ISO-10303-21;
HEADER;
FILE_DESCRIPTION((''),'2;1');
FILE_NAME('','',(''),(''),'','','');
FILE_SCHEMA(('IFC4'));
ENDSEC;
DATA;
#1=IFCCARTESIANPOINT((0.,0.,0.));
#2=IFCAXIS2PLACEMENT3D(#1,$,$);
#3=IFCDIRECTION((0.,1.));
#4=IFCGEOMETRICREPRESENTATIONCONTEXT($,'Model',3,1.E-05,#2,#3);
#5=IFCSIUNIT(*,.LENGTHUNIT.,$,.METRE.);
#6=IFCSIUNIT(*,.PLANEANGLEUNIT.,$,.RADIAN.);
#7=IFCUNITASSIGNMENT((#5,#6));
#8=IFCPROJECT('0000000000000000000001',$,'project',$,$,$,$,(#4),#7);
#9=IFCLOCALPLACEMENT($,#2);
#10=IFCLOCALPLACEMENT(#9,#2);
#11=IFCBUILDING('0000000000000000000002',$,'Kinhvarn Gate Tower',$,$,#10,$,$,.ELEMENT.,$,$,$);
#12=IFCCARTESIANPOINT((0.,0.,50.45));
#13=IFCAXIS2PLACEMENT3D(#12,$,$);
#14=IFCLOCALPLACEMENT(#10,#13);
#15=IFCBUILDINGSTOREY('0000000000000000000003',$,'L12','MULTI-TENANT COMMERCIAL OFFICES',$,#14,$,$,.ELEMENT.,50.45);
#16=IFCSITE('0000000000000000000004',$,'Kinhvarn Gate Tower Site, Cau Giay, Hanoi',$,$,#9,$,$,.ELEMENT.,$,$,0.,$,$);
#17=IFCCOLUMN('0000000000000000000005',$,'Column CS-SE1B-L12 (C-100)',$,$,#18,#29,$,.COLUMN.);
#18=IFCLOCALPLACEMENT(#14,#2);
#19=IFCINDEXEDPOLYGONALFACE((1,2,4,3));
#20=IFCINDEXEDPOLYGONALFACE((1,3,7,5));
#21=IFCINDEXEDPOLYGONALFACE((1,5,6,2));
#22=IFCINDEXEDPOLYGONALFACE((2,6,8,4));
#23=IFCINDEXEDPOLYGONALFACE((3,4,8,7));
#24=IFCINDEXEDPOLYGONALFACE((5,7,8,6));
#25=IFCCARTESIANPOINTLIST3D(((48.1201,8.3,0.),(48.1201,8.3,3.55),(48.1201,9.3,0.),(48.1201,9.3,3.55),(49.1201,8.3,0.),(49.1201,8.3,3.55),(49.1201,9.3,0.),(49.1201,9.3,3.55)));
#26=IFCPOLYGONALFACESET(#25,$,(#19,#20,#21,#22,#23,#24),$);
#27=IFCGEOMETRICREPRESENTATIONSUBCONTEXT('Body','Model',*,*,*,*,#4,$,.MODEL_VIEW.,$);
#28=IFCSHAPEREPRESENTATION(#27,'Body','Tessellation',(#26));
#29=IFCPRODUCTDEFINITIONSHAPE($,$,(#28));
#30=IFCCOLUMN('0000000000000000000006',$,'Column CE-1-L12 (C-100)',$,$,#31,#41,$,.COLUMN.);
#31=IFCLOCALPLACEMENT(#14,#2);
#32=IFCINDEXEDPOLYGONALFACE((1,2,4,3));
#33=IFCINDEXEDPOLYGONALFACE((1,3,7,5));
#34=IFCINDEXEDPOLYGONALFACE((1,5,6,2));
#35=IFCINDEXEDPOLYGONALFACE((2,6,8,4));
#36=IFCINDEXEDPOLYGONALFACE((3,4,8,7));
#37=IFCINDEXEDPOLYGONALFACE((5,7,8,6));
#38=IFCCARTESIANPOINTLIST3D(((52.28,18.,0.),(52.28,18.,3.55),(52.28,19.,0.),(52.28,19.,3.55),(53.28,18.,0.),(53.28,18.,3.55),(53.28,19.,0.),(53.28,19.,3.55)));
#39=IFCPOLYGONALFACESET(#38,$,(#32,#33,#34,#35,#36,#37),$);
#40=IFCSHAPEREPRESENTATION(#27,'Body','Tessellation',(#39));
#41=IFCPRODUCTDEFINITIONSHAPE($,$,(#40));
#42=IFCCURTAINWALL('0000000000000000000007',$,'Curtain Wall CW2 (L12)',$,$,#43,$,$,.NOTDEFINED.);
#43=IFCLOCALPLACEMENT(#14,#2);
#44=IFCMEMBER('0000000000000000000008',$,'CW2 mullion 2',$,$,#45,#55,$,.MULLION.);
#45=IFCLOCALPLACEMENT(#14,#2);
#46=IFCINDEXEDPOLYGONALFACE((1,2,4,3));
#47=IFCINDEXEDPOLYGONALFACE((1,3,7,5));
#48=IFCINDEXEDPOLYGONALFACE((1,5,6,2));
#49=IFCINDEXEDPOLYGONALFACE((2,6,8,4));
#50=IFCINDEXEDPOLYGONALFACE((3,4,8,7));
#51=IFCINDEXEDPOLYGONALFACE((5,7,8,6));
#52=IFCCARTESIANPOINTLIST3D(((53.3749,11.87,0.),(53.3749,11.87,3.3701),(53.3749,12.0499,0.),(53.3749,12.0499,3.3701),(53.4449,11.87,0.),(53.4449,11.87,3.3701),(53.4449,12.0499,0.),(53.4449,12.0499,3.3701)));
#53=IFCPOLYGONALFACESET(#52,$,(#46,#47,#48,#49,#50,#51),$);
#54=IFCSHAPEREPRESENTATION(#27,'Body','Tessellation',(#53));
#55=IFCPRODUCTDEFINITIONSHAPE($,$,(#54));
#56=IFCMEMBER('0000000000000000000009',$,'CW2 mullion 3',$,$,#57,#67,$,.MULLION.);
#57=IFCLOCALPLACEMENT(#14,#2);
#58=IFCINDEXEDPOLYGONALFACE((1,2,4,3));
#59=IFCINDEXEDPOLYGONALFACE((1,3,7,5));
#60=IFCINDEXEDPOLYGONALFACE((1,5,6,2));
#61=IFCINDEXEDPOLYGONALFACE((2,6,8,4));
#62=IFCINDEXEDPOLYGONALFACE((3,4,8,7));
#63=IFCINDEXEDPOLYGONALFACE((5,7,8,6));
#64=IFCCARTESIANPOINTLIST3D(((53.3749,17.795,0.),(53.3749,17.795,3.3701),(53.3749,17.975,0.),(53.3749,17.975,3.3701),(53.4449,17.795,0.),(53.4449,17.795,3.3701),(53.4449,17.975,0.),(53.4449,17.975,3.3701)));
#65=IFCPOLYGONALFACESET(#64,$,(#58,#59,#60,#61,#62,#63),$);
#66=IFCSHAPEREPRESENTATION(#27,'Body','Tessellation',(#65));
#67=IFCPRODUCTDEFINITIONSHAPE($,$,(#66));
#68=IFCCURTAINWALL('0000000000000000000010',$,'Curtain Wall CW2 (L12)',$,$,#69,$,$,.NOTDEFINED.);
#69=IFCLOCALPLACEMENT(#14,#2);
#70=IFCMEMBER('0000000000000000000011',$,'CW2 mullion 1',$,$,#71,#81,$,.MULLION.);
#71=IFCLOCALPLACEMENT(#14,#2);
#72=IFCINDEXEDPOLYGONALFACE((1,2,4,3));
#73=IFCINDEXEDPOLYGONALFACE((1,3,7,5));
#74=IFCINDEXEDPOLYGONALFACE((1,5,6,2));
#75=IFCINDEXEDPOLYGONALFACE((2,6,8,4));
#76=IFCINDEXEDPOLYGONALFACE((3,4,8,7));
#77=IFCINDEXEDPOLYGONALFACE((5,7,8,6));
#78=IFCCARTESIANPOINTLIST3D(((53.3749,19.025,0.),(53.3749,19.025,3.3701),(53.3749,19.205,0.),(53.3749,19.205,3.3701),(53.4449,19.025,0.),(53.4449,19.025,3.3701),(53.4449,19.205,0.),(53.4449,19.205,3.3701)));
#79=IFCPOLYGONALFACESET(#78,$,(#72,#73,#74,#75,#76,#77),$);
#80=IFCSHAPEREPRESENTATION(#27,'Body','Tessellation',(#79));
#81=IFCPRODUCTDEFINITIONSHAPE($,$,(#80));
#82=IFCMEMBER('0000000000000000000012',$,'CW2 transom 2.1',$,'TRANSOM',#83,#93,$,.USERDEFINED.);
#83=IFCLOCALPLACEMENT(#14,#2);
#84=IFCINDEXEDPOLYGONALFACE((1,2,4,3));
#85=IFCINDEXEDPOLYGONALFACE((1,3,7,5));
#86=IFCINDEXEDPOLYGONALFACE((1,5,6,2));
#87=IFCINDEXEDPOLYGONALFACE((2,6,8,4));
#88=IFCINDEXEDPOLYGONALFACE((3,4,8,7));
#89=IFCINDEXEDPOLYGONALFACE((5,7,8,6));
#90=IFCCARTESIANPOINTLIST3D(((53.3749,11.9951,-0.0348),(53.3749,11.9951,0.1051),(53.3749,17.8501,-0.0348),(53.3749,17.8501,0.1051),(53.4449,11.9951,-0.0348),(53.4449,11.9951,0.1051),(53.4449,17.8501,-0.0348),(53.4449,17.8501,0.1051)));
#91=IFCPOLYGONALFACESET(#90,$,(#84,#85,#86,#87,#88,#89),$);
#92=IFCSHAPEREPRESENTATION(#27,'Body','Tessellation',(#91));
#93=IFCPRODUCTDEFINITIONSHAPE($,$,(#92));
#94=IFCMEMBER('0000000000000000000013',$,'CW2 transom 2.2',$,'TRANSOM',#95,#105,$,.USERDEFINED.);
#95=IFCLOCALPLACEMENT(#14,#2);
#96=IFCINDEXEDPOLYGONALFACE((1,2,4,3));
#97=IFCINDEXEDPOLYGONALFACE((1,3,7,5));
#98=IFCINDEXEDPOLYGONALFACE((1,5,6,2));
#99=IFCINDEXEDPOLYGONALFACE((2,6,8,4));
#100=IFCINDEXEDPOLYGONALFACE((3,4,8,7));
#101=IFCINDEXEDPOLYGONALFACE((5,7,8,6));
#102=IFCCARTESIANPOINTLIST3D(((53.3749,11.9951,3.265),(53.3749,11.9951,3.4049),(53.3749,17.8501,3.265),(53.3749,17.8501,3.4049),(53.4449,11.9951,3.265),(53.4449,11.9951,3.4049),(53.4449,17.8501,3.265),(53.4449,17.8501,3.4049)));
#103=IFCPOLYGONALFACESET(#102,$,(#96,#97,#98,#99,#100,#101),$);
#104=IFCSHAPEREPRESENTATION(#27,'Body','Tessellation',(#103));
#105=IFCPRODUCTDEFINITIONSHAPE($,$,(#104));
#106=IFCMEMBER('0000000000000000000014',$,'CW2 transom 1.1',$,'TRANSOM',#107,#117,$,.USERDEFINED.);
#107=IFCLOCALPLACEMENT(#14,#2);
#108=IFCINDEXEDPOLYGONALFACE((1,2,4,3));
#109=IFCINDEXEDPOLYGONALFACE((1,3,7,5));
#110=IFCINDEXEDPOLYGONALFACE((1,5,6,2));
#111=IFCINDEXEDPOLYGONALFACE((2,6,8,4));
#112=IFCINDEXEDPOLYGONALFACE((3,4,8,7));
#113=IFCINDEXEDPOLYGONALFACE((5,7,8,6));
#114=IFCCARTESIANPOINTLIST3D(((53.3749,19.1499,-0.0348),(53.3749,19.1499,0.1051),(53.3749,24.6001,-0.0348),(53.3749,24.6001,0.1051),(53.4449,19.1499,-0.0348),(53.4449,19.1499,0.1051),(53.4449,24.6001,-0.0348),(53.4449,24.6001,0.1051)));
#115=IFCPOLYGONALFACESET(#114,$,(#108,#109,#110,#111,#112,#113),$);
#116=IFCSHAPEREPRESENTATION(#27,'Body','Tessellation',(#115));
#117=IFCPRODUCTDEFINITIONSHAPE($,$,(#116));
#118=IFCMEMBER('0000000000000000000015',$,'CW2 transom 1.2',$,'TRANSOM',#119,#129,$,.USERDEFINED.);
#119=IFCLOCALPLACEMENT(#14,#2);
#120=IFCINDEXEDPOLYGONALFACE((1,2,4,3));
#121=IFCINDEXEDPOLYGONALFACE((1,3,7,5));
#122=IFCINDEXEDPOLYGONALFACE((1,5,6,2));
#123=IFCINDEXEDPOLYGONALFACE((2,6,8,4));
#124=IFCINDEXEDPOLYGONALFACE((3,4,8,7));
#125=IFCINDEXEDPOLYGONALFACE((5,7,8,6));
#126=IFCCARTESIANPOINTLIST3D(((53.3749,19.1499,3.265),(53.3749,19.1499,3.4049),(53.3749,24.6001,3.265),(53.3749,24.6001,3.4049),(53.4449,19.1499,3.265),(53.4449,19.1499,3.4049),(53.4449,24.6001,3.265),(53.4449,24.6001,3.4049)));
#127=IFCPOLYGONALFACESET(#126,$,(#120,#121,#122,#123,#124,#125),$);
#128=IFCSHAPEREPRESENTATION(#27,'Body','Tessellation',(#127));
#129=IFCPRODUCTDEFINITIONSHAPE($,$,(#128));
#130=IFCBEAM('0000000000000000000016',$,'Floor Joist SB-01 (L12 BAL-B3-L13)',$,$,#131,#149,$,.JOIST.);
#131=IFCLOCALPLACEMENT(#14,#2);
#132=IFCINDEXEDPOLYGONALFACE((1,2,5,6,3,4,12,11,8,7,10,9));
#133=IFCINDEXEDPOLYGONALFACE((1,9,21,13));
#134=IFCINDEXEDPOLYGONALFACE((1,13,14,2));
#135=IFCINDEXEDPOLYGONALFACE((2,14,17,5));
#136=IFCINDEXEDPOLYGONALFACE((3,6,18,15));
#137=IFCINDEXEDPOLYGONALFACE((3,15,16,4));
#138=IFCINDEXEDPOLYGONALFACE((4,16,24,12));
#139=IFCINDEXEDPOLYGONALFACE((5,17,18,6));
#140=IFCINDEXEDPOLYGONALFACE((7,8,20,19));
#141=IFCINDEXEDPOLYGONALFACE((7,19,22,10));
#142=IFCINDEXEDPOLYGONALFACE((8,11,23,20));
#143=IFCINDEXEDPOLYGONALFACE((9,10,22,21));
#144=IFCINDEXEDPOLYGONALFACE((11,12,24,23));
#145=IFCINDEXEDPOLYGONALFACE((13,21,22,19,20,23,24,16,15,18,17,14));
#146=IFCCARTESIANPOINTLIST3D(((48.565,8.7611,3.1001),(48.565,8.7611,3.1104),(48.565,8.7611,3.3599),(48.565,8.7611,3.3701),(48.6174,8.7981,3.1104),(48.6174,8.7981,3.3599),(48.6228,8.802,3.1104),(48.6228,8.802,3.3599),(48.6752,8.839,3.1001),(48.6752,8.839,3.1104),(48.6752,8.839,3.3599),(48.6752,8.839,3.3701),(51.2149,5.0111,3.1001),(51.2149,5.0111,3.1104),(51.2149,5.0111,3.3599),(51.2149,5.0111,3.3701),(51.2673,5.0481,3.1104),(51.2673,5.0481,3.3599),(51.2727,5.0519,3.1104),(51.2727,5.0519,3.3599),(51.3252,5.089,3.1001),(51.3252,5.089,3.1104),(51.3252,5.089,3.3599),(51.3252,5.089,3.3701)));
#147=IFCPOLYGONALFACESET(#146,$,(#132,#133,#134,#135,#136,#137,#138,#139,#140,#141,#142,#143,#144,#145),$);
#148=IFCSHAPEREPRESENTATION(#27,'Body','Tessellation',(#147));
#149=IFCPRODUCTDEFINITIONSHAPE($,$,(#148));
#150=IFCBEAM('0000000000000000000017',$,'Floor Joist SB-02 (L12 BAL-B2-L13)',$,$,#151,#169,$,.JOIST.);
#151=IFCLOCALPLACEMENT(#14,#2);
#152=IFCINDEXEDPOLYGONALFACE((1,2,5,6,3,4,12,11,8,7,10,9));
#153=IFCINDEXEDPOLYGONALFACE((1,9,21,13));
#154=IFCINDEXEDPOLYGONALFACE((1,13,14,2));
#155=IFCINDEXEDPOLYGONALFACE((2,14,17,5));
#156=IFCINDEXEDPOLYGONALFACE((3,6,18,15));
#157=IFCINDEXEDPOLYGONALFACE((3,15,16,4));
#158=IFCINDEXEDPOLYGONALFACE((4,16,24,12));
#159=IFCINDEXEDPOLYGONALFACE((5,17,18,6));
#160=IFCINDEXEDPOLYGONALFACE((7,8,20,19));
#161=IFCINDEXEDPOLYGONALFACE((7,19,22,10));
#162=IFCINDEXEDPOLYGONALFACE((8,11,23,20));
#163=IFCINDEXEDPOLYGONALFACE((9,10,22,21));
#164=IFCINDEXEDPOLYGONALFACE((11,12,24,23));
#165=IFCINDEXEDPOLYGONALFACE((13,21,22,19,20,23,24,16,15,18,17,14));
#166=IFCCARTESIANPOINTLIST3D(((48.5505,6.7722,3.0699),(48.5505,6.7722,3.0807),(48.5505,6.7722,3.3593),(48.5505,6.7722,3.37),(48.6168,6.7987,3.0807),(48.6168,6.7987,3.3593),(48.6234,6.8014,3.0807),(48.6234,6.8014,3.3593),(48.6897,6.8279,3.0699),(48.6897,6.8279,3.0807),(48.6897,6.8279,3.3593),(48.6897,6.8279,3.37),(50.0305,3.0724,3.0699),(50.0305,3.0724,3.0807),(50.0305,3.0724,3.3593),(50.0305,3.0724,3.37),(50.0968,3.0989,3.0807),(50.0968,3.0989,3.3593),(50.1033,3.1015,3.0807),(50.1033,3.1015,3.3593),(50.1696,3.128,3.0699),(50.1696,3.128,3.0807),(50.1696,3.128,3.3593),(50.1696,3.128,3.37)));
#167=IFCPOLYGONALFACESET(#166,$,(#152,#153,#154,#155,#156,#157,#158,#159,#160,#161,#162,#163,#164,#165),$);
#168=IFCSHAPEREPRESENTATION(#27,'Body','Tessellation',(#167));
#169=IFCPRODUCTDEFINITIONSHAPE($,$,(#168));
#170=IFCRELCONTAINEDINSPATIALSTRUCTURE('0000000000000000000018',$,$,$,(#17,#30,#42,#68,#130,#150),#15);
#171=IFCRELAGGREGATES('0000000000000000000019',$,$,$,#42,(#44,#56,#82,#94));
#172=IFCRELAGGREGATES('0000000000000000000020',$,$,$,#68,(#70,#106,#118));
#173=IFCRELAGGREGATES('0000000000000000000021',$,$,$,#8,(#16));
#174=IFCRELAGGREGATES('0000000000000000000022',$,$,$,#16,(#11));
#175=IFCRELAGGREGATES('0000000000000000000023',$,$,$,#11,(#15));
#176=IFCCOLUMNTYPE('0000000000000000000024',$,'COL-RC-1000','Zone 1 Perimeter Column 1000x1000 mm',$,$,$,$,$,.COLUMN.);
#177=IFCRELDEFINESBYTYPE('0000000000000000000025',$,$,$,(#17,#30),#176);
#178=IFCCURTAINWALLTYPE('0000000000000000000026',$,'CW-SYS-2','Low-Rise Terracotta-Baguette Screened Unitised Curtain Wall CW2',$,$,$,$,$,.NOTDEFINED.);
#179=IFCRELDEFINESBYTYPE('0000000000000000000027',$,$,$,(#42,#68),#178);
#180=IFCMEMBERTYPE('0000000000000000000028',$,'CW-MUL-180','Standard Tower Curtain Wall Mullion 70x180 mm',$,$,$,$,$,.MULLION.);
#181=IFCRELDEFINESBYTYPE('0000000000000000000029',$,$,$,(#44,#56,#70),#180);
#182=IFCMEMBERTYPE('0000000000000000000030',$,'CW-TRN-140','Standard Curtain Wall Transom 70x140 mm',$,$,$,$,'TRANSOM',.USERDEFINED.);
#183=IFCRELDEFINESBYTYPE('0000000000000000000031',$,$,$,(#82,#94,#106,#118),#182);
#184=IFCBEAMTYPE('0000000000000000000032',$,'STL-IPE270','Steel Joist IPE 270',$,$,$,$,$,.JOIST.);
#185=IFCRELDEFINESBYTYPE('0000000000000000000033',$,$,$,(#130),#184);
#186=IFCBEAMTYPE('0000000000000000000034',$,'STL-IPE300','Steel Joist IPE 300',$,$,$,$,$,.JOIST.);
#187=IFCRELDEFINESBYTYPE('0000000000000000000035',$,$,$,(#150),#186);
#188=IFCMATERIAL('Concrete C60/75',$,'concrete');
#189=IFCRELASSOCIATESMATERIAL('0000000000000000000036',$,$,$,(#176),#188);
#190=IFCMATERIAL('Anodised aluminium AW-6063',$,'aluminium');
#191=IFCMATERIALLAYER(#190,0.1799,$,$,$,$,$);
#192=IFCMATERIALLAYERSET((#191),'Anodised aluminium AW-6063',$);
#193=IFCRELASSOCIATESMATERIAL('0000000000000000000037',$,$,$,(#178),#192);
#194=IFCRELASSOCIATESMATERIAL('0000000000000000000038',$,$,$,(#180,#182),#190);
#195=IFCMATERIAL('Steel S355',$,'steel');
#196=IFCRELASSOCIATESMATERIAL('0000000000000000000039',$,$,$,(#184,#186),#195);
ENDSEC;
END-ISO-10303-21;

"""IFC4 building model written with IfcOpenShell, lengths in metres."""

from ifc_helpers import new_model, si_unit, direction, frame, origin, origin_2d, place, context, subcontext, project, spatial, rectangle, i_section, extrude, material, layer, layer_set, material_profile, profile_set, type_object, element, aggregate, save


model = new_model("IFC4")

# Units and contexts
model_context = context("Model", 3, precision=1e-05, world=origin(), true_north=direction((0.0, 1.0)))
body_context = subcontext(model_context, "Body", "Model", "MODEL_VIEW")
ifc_project = project(units=[si_unit("LENGTHUNIT", "METRE"), si_unit("PLANEANGLEUNIT", "RADIAN")], contexts=[model_context])

# Site, building, storey
site_placement = place(None, origin())
site = spatial("IfcSite", under=ifc_project, at=site_placement, Name="Kinhvarn Gate Tower Site, Cau Giay, Hanoi", CompositionType="ELEMENT", RefElevation=0.0)
building_placement = place(site_placement, origin())
building = spatial("IfcBuilding", under=site, at=building_placement, Name="Kinhvarn Gate Tower", CompositionType="ELEMENT")
storey_placement = place(building_placement, frame((0.0, 0.0, 50.45)))
storey = spatial("IfcBuildingStorey", under=building, at=storey_placement, Name="L12", Description="MULTI-TENANT COMMERCIAL OFFICES", CompositionType="ELEMENT", Elevation=50.45)

# Columns
ifc_material_1 = material(Name="Concrete C60/75", Category="concrete")
ifc_material_profile_1 = material_profile(ifc_material_1, rectangle(XDim=1.0, YDim=1.0, at=origin_2d()), Name="RC 1000x1000")
ifc_profile_set_1 = profile_set([ifc_material_profile_1], Name="Concrete C60/75")
column_type = type_object("IfcColumnType", Name="COL-RC-1000", Description="Zone 1 Perimeter Column 1000x1000 mm", PredefinedType="COLUMN", material=ifc_profile_set_1)
for number, where, z_axis, x_axis, name in (
    (1, (48.6201, 8.8, 0.0), (0.0, 0.0, 1.0), (1.0, 0.0, 0.0), "Column CS-SE1B-L12 (C-100)"),
    (2, (52.78, 18.5, 0.0), (0.0, 0.0, 1.0), (1.0, 0.0, 0.0), "Column CE-1-L12 (C-100)"),
):
    element("IfcColumn", number, at=place(storey_placement, frame(where, z_axis=z_axis, x_axis=x_axis)), inside=storey, type_object=column_type, Name=name, PredefinedType="COLUMN", context=body_context, shape_type="SweptSolid", body=[
        extrude(rectangle(XDim=1.0, YDim=1.0, at=origin_2d()), origin(), (0.0, 0.0, 1.0), 3.55),
    ])

# Curtain wall, members
ifc_material_2 = material(Name="Anodised aluminium AW-6063", Category="aluminium")
ifc_layer_1 = layer(ifc_material_2, 0.1799)
ifc_layer_set_1 = layer_set([ifc_layer_1], Name="Anodised aluminium AW-6063")
curtain_wall_type = type_object("IfcCurtainWallType", Name="CW-SYS-2", Description="Low-Rise Terracotta-Baguette Screened Unitised Curtain Wall CW2", PredefinedType="NOTDEFINED", material=ifc_layer_set_1)
curtain_wall_1_placement = place(storey_placement, origin())
curtain_wall_1 = element("IfcCurtainWall", 3, at=curtain_wall_1_placement, inside=storey, type_object=curtain_wall_type, Name="Curtain Wall CW2 (L12)", PredefinedType="NOTDEFINED")
ifc_material_profile_2 = material_profile(ifc_material_2, rectangle(XDim=0.0701, YDim=0.1799, at=origin_2d()), Name="ALU 70x180")
ifc_profile_set_2 = profile_set([ifc_material_profile_2], Name="Anodised aluminium AW-6063")
member_type_1 = type_object("IfcMemberType", Name="CW-MUL-180", Description="Standard Tower Curtain Wall Mullion 70x180 mm", PredefinedType="MULLION", material=ifc_profile_set_2)
member_1_placement = place(storey_placement, frame((53.4099, 11.96, 0.0), z_axis=(0.0, 0.0, 1.0), x_axis=(-1.0, 0.0, 0.0)))
member_1 = element("IfcMember", 4, at=member_1_placement, type_object=member_type_1, Name="CW2 mullion 2", PredefinedType="MULLION", context=body_context, shape_type="SweptSolid", body=[
    extrude(rectangle(XDim=0.0701, YDim=0.1799, at=origin_2d()), origin(), (0.0, 0.0, 1.0), 3.3701),
])
member_2_placement = place(storey_placement, frame((53.4099, 17.885, 0.0), z_axis=(0.0, 0.0, 1.0), x_axis=(-1.0, 0.0, 0.0)))
member_2 = element("IfcMember", 5, at=member_2_placement, type_object=member_type_1, Name="CW2 mullion 3", PredefinedType="MULLION", context=body_context, shape_type="SweptSolid", body=[
    extrude(rectangle(XDim=0.0701, YDim=0.1799, at=origin_2d()), origin(), (0.0, 0.0, 1.0), 3.3701),
])

# Curtain wall, member
curtain_wall_2_placement = place(storey_placement, origin())
curtain_wall_2 = element("IfcCurtainWall", 6, at=curtain_wall_2_placement, inside=storey, type_object=curtain_wall_type, Name="Curtain Wall CW2 (L12)", PredefinedType="NOTDEFINED")
member_3_placement = place(storey_placement, frame((53.4099, 19.115, 0.0), z_axis=(0.0, 0.0, 1.0), x_axis=(-1.0, 0.0, 0.0)))
member_3 = element("IfcMember", 7, at=member_3_placement, type_object=member_type_1, Name="CW2 mullion 1", PredefinedType="MULLION", context=body_context, shape_type="SweptSolid", body=[
    extrude(rectangle(XDim=0.0701, YDim=0.1799, at=origin_2d()), origin(), (0.0, 0.0, 1.0), 3.3701),
])

# Members
ifc_material_profile_3 = material_profile(ifc_material_2, rectangle(XDim=0.0701, YDim=0.1399, at=origin_2d()), Name="ALU 70x140")
ifc_profile_set_3 = profile_set([ifc_material_profile_3], Name="Anodised aluminium AW-6063")
member_type_2 = type_object("IfcMemberType", Name="CW-TRN-140", Description="Standard Curtain Wall Transom 70x140 mm", ElementType="TRANSOM", PredefinedType="USERDEFINED", material=ifc_profile_set_3)
member_4_placement = place(storey_placement, frame((53.4099, 11.9951, 0.0352), z_axis=(0.0, 1.0, 0.0), x_axis=(-1.0, 0.0, 0.0)))
member_4 = element("IfcMember", 8, at=member_4_placement, type_object=member_type_2, Name="CW2 transom 2.1", ObjectType="TRANSOM", PredefinedType="USERDEFINED", context=body_context, shape_type="SweptSolid", body=[
    extrude(rectangle(XDim=0.0701, YDim=0.1399, at=origin_2d()), origin(), (0.0, 0.0, 1.0), 5.855),
])
member_5_placement = place(storey_placement, frame((53.4099, 11.9951, 3.335), z_axis=(0.0, 1.0, 0.0), x_axis=(-1.0, 0.0, 0.0)))
member_5 = element("IfcMember", 9, at=member_5_placement, type_object=member_type_2, Name="CW2 transom 2.2", ObjectType="TRANSOM", PredefinedType="USERDEFINED", context=body_context, shape_type="SweptSolid", body=[
    extrude(rectangle(XDim=0.0701, YDim=0.1399, at=origin_2d()), origin(), (0.0, 0.0, 1.0), 5.855),
])
member_6_placement = place(storey_placement, frame((53.4099, 19.1499, 0.0352), z_axis=(0.0, 1.0, 0.0), x_axis=(-1.0, 0.0, 0.0)))
member_6 = element("IfcMember", 10, at=member_6_placement, type_object=member_type_2, Name="CW2 transom 1.1", ObjectType="TRANSOM", PredefinedType="USERDEFINED", context=body_context, shape_type="SweptSolid", body=[
    extrude(rectangle(XDim=0.0701, YDim=0.1399, at=origin_2d()), origin(), (0.0, 0.0, 1.0), 5.4502),
])
member_7_placement = place(storey_placement, frame((53.4099, 19.1499, 3.335), z_axis=(0.0, 1.0, 0.0), x_axis=(-1.0, 0.0, 0.0)))
member_7 = element("IfcMember", 11, at=member_7_placement, type_object=member_type_2, Name="CW2 transom 1.2", ObjectType="TRANSOM", PredefinedType="USERDEFINED", context=body_context, shape_type="SweptSolid", body=[
    extrude(rectangle(XDim=0.0701, YDim=0.1399, at=origin_2d()), origin(), (0.0, 0.0, 1.0), 5.4502),
])

# Beams
ifc_material_3 = material(Name="Steel S355", Category="steel")
ifc_material_profile_4 = material_profile(ifc_material_3, i_section(OverallWidth=0.135, OverallDepth=0.27, WebThickness=0.0066, FlangeThickness=0.0103, at=origin_2d()), Name="IPE 270")
ifc_profile_set_4 = profile_set([ifc_material_profile_4], Name="Steel S355")
beam_type_1 = type_object("IfcBeamType", Name="STL-IPE270", Description="Steel Joist IPE 270", PredefinedType="JOIST", material=ifc_profile_set_4)
beam_1_placement = place(storey_placement, frame((48.6201, 8.8, 3.2351), z_axis=(0.577096, -0.816676, 0.0), x_axis=(0.816676, 0.577096, 0.0)))
element("IfcBeam", 12, at=beam_1_placement, inside=storey, type_object=beam_type_1, Name="Floor Joist SB-01 (L12 BAL-B3-L13)", PredefinedType="JOIST", context=body_context, shape_type="SweptSolid", body=[
    extrude(i_section(OverallWidth=0.135, OverallDepth=0.27, WebThickness=0.0066, FlangeThickness=0.0103, at=origin_2d()), origin(), (0.0, 0.0, 1.0), 4.5918),
])
ifc_material_profile_5 = material_profile(ifc_material_3, i_section(OverallWidth=0.1499, OverallDepth=0.3, WebThickness=0.0071, FlangeThickness=0.0107, at=origin_2d()), Name="IPE 300")
ifc_profile_set_5 = profile_set([ifc_material_profile_5], Name="Steel S355")
beam_type_2 = type_object("IfcBeamType", Name="STL-IPE300", Description="Steel Joist IPE 300", PredefinedType="JOIST", material=ifc_profile_set_5)
beam_2_placement = place(storey_placement, frame((48.6201, 6.8, 3.22), z_axis=(0.371391, -0.928477, 0.0), x_axis=(0.928477, 0.371391, 0.0)))
element("IfcBeam", 13, at=beam_2_placement, inside=storey, type_object=beam_type_2, Name="Floor Joist SB-02 (L12 BAL-B2-L13)", PredefinedType="JOIST", context=body_context, shape_type="SweptSolid", body=[
    extrude(i_section(OverallWidth=0.1499, OverallDepth=0.3, WebThickness=0.0071, FlangeThickness=0.0107, at=origin_2d()), origin(), (0.0, 0.0, 1.0), 3.9849),
])

aggregate(curtain_wall_1, [member_1, member_2, member_4, member_5])
aggregate(curtain_wall_2, [member_3, member_6, member_7])

save(model, "model.ifc")
